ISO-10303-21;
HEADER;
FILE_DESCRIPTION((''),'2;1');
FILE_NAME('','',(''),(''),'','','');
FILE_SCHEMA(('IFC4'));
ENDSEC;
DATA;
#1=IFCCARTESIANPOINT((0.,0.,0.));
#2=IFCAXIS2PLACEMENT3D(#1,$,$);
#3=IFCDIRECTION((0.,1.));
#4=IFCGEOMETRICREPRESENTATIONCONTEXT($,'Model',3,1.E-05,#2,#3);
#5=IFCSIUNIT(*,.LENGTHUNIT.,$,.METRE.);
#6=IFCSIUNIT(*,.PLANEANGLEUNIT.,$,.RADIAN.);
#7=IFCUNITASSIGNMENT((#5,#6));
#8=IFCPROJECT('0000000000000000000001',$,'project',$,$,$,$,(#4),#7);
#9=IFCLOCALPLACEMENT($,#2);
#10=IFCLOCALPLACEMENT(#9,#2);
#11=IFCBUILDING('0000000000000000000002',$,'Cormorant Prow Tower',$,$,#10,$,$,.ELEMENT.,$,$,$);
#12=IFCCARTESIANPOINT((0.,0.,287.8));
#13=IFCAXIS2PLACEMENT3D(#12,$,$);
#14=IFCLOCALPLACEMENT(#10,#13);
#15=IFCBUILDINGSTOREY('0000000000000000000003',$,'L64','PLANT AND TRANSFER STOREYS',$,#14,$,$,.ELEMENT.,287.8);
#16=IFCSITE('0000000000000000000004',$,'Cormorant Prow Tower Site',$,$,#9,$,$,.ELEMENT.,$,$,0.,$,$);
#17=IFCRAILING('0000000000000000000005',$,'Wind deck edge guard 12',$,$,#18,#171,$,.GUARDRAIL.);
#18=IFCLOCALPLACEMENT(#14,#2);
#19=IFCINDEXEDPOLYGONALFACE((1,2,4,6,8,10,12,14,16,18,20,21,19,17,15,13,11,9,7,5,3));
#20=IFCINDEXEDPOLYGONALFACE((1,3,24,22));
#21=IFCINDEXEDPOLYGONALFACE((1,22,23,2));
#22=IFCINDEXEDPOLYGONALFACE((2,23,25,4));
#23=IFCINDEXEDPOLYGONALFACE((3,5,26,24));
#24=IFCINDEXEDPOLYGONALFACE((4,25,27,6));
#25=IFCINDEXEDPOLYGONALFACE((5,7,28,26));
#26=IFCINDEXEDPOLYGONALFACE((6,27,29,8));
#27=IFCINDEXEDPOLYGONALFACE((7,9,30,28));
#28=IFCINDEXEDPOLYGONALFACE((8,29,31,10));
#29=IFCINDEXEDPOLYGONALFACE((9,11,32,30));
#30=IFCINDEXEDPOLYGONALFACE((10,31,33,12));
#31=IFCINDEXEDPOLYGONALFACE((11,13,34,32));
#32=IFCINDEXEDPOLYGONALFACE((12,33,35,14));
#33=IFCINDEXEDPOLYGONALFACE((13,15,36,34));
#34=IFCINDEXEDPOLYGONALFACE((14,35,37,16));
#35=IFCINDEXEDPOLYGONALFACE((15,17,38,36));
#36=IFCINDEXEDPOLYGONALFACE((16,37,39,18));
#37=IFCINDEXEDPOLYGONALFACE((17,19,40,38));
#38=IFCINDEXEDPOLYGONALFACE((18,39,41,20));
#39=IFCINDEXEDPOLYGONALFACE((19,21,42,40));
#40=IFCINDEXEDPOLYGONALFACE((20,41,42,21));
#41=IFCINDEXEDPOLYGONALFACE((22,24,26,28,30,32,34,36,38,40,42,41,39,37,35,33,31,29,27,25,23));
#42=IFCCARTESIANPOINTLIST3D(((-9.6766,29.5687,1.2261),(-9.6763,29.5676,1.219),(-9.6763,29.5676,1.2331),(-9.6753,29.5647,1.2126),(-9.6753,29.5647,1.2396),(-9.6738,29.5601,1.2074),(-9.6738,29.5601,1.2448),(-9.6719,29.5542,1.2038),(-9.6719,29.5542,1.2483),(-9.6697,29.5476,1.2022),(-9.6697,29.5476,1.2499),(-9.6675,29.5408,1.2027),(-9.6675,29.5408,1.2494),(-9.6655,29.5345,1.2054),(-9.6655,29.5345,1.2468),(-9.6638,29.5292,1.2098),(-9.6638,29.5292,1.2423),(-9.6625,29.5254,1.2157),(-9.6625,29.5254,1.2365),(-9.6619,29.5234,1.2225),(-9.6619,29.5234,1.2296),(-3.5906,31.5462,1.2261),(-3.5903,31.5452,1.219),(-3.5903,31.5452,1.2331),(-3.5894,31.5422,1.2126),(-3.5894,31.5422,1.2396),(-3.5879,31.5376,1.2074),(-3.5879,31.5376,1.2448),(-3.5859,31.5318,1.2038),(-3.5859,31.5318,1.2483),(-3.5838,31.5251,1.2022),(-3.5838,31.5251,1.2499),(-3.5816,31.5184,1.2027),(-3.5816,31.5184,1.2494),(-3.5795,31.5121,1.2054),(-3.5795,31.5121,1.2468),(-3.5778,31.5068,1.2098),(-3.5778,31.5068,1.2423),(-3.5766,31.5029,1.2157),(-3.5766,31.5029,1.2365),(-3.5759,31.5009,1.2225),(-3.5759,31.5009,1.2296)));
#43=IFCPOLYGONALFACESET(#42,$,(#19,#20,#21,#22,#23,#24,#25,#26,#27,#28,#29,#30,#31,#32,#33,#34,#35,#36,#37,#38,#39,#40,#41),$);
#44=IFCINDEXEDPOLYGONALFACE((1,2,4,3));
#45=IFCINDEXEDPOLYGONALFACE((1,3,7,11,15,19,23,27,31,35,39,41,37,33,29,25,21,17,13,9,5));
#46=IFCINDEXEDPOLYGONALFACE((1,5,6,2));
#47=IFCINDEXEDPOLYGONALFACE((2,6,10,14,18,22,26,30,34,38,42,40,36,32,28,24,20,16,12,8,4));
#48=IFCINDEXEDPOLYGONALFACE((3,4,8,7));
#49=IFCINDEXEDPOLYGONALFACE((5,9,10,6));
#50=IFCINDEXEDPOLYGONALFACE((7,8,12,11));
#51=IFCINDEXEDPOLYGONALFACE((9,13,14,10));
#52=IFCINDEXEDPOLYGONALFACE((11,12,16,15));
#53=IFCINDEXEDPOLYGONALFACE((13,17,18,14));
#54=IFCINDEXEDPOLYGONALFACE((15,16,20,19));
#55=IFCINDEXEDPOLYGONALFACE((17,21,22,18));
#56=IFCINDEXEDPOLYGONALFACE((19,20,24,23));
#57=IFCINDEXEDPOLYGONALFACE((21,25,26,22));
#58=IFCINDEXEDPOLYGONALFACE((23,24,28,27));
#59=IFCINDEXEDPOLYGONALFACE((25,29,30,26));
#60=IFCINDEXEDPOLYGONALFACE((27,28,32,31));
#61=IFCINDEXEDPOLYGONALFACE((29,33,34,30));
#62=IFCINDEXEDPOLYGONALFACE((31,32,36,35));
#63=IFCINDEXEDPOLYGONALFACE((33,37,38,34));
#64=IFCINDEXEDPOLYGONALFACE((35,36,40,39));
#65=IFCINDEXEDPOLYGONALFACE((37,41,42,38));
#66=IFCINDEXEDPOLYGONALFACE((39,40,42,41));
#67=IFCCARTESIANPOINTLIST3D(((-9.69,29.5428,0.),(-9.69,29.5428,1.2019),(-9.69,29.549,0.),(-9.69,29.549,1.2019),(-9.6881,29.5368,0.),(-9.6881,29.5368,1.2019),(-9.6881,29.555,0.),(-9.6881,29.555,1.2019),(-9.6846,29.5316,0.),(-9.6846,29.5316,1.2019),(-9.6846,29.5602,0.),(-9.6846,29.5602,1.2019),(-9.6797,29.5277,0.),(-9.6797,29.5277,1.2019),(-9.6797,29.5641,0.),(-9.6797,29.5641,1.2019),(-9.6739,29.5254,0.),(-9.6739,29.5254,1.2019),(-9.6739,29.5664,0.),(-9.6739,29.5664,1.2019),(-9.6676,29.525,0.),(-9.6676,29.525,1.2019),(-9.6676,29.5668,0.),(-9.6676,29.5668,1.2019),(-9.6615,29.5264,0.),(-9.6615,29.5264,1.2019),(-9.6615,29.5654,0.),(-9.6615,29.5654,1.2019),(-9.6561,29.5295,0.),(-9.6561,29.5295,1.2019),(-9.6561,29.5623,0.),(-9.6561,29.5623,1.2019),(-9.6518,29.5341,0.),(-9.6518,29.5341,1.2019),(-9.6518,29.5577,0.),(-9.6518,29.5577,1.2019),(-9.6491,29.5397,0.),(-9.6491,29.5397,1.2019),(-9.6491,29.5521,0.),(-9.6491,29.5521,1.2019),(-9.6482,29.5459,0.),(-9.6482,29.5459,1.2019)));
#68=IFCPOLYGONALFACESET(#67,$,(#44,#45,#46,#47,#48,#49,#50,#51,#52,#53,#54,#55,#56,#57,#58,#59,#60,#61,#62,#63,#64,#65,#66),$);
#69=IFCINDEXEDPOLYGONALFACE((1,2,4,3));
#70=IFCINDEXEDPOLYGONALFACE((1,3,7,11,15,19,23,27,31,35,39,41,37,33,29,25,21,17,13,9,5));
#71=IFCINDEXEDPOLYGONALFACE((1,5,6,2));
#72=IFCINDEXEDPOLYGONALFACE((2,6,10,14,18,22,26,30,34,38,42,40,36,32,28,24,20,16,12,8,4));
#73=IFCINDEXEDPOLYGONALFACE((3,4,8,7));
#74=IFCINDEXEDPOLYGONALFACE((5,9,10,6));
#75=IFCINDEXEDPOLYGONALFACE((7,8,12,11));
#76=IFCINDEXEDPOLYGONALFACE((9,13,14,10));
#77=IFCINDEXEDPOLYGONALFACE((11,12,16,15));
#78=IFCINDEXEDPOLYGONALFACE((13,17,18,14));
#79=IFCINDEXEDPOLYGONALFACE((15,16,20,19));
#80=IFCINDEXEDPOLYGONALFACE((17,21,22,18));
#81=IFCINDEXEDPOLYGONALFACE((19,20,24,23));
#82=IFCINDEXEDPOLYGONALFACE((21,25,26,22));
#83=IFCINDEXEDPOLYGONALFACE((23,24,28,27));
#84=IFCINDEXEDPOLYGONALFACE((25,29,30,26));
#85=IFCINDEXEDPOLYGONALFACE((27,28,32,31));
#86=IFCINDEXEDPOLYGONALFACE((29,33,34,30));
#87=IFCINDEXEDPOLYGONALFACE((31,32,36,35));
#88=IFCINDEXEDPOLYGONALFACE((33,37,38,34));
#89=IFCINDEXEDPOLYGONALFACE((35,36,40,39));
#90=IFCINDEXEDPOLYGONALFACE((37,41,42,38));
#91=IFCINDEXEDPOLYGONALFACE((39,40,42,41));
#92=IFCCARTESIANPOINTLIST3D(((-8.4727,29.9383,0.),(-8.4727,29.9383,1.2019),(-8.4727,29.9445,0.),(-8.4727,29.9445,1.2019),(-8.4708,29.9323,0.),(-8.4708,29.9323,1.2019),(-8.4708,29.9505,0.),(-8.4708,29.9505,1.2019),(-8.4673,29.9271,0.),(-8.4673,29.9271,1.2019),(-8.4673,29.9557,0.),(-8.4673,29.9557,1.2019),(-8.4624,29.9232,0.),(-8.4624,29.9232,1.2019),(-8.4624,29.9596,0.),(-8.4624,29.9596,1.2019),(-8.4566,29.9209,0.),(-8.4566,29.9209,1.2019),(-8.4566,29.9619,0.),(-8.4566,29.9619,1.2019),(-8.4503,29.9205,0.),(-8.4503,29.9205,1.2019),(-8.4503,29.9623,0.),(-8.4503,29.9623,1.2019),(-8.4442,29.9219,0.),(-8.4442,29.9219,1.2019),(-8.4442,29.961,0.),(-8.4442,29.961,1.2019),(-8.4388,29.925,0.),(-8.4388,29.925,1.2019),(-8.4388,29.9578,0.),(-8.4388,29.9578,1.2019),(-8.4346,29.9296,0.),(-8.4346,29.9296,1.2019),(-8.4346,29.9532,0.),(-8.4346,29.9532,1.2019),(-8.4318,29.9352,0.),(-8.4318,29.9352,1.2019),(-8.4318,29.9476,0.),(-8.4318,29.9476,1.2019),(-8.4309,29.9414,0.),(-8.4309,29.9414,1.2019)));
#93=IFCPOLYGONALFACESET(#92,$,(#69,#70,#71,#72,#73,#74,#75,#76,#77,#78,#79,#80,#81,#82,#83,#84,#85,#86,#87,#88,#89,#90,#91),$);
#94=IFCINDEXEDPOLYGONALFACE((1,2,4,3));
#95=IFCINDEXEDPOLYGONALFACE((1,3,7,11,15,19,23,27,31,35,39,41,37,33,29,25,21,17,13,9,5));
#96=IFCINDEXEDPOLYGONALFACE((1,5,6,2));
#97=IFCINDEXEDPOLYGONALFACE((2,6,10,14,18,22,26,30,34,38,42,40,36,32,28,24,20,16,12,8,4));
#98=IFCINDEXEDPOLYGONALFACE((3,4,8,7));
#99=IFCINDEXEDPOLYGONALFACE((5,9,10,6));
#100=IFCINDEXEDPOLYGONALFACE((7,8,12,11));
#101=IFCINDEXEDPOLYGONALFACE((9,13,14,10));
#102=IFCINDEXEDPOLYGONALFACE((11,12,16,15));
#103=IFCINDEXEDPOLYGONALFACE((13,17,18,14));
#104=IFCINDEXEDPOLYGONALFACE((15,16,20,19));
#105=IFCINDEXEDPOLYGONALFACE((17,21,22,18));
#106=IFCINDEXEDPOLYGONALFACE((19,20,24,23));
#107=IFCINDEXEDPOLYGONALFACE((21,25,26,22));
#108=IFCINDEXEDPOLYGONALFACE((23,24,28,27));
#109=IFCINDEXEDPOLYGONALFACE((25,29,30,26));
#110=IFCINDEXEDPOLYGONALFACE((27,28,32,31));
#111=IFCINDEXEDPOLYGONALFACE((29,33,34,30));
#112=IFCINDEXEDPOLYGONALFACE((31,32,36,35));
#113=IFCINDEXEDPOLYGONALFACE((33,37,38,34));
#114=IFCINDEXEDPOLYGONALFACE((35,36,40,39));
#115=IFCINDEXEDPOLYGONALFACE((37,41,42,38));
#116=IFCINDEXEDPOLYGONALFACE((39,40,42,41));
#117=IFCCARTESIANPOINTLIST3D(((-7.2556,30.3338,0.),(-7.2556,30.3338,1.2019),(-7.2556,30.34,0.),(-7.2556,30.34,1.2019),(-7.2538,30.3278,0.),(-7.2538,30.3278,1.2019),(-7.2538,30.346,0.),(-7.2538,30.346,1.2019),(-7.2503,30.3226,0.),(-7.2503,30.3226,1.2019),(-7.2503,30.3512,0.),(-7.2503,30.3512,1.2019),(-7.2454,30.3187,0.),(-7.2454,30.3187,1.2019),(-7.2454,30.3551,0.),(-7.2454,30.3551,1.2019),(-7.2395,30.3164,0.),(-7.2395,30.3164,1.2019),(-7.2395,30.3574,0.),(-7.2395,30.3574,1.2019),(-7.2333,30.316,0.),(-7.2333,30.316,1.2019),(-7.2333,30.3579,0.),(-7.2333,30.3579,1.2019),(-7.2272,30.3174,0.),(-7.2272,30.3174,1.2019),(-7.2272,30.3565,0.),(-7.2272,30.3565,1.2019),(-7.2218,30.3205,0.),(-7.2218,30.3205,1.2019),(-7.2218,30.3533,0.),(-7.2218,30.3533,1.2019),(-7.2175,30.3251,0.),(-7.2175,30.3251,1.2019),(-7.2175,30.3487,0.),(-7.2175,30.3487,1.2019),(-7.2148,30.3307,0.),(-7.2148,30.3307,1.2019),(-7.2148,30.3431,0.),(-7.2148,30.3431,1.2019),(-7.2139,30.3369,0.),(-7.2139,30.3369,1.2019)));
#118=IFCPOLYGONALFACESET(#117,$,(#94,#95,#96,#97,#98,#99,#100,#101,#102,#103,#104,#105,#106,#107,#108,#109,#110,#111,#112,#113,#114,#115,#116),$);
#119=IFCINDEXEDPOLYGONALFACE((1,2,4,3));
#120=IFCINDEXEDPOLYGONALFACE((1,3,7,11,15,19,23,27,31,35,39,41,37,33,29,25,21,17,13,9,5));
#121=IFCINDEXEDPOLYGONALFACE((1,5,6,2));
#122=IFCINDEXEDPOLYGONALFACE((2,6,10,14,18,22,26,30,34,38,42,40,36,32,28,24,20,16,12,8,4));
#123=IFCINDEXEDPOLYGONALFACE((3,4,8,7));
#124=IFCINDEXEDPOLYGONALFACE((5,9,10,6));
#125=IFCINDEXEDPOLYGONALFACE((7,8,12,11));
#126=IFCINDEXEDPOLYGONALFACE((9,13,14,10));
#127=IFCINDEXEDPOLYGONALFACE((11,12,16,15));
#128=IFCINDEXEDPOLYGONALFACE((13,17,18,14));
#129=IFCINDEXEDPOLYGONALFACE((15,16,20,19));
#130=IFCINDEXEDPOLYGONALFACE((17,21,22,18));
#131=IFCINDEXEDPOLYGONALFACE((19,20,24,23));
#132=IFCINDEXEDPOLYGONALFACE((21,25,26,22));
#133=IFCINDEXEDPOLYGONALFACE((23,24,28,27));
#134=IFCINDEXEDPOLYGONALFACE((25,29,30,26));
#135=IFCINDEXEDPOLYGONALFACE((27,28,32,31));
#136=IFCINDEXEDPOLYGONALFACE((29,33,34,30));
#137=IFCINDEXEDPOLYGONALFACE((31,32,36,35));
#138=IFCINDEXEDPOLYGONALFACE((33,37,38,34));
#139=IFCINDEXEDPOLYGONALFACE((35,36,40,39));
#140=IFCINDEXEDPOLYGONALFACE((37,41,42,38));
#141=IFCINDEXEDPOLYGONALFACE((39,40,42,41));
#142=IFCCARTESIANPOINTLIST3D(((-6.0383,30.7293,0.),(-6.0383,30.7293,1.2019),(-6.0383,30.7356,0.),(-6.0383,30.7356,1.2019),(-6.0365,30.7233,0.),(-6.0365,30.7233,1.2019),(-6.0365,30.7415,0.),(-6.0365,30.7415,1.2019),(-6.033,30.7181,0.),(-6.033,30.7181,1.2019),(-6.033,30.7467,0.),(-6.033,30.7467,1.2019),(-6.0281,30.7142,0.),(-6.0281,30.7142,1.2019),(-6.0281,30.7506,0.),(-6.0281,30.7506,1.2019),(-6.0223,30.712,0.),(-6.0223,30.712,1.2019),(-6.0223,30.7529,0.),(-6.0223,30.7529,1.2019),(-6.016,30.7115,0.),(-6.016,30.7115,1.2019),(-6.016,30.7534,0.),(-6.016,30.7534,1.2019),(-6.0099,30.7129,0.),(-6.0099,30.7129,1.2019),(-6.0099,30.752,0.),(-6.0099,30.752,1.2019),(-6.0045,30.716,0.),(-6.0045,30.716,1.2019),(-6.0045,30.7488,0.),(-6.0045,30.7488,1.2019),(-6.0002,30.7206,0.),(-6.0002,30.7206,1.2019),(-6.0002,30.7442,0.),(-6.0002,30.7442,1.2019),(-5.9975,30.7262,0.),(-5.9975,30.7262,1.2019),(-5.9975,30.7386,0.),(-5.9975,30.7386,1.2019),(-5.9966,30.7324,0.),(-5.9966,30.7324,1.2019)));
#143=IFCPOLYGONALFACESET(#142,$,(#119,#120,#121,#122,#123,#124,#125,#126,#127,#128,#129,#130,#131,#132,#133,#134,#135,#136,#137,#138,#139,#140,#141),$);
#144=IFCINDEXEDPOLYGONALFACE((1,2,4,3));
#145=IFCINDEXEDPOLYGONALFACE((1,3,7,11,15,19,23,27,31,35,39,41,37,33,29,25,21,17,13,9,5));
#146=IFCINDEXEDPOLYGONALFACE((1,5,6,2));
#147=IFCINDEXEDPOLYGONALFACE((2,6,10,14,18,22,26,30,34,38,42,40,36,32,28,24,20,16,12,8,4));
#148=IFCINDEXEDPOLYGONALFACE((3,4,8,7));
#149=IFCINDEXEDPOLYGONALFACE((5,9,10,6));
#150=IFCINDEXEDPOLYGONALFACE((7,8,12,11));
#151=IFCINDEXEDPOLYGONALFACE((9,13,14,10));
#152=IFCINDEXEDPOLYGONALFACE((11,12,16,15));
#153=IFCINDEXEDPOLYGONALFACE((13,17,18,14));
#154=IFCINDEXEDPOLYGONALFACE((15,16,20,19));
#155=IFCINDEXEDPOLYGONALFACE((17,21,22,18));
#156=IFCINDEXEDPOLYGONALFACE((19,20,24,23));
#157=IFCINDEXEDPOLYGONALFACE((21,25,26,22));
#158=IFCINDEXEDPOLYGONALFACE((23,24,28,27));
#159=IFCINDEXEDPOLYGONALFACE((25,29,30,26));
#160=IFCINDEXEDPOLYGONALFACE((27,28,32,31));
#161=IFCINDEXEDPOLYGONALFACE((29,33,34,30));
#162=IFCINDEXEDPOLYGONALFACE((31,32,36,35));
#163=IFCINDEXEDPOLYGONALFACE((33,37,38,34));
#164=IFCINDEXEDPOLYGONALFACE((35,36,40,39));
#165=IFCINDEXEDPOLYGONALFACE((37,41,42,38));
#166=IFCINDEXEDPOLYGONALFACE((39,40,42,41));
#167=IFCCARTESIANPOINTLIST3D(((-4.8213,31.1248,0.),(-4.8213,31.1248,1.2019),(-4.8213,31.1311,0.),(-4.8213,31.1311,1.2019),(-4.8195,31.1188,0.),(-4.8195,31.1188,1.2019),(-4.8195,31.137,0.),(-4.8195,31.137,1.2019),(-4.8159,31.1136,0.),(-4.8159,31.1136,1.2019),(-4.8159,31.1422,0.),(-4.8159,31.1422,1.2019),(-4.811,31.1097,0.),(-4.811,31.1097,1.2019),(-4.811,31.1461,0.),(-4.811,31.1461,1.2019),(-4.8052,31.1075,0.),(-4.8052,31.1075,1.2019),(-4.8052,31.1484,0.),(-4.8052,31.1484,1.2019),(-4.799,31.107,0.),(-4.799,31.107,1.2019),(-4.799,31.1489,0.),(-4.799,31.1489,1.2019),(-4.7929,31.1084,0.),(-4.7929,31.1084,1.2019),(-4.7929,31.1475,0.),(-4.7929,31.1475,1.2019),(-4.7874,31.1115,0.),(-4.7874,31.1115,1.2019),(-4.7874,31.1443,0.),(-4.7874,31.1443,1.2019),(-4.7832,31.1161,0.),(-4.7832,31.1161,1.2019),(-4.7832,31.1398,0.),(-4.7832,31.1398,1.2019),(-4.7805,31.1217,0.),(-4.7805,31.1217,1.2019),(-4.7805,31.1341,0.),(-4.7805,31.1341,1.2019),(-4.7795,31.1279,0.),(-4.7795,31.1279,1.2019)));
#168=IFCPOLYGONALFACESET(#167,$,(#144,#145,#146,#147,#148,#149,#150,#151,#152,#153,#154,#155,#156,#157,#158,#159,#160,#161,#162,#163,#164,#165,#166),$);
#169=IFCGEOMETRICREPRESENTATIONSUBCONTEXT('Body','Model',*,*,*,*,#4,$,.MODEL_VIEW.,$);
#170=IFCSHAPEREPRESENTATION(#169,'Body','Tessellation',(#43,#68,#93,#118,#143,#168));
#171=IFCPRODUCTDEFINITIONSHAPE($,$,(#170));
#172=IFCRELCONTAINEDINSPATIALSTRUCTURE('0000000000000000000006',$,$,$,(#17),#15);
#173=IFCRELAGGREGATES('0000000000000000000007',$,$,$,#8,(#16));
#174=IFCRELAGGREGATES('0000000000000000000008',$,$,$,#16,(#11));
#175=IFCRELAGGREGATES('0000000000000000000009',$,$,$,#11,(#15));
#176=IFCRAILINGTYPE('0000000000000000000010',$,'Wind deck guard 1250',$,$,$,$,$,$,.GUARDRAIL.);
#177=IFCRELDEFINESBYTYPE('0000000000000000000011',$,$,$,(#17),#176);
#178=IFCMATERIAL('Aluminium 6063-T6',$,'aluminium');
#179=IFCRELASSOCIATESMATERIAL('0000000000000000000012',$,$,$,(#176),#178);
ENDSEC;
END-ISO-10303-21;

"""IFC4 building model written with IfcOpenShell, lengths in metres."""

from ifc_helpers import new_model, si_unit, direction, frame, origin, origin_2d, place, context, subcontext, project, spatial, circle, extrude, material, type_object, element, save


model = new_model("IFC4")

# Units and contexts
model_context = context("Model", 3, precision=1e-05, world=origin(), true_north=direction((0.0, 1.0)))
body_context = subcontext(model_context, "Body", "Model", "MODEL_VIEW")
ifc_project = project(units=[si_unit("LENGTHUNIT", "METRE"), si_unit("PLANEANGLEUNIT", "RADIAN")], contexts=[model_context])

# Site, building, storey
site_placement = place(None, origin())
site = spatial("IfcSite", under=ifc_project, at=site_placement, Name="Cormorant Prow Tower Site", CompositionType="ELEMENT", RefElevation=0.0)
building_placement = place(site_placement, origin())
building = spatial("IfcBuilding", under=site, at=building_placement, Name="Cormorant Prow Tower", CompositionType="ELEMENT")
storey_placement = place(building_placement, frame((0.0, 0.0, 287.8)))
storey = spatial("IfcBuildingStorey", under=building, at=storey_placement, Name="L64", Description="PLANT AND TRANSFER STOREYS", CompositionType="ELEMENT", Elevation=287.8)

# Railing
ifc_material_1 = material(Name="Aluminium 6063-T6", Category="aluminium")
railing_type = type_object("IfcRailingType", Name="Wind deck guard 1250", PredefinedType="GUARDRAIL", material=ifc_material_1)
railing_1_placement = place(storey_placement, frame((-9.6692, 29.5459, 0.0)))
element("IfcRailing", 1, at=railing_1_placement, inside=storey, type_object=railing_type, Name="Wind deck edge guard 12", PredefinedType="GUARDRAIL", context=body_context, shape_type="SweptSolid", body=[
    extrude(circle(Radius=0.0239, at=origin_2d()), frame((0.0, 0.0, 1.2261), z_axis=(0.951052, 0.309031, 0.0), x_axis=(-0.309031, 0.951052, 0.0)), (0.0, 0.0, 1.0), 6.3992),
    extrude(circle(Radius=0.021, at=origin_2d()), origin(), (0.0, 0.0, 1.0), 1.2019),
    extrude(circle(Radius=0.021, at=origin_2d()), frame((1.2173, 0.3955, 0.0)), (0.0, 0.0, 1.0), 1.2019),
    extrude(circle(Radius=0.021, at=origin_2d()), frame((2.4343, 0.791, 0.0)), (0.0, 0.0, 1.0), 1.2019),
    extrude(circle(Radius=0.021, at=origin_2d()), frame((3.6516, 1.1865, 0.0)), (0.0, 0.0, 1.0), 1.2019),
    extrude(circle(Radius=0.021, at=origin_2d()), frame((4.8687, 1.582, 0.0)), (0.0, 0.0, 1.0), 1.2019),
])

save(model, "model.ifc")
